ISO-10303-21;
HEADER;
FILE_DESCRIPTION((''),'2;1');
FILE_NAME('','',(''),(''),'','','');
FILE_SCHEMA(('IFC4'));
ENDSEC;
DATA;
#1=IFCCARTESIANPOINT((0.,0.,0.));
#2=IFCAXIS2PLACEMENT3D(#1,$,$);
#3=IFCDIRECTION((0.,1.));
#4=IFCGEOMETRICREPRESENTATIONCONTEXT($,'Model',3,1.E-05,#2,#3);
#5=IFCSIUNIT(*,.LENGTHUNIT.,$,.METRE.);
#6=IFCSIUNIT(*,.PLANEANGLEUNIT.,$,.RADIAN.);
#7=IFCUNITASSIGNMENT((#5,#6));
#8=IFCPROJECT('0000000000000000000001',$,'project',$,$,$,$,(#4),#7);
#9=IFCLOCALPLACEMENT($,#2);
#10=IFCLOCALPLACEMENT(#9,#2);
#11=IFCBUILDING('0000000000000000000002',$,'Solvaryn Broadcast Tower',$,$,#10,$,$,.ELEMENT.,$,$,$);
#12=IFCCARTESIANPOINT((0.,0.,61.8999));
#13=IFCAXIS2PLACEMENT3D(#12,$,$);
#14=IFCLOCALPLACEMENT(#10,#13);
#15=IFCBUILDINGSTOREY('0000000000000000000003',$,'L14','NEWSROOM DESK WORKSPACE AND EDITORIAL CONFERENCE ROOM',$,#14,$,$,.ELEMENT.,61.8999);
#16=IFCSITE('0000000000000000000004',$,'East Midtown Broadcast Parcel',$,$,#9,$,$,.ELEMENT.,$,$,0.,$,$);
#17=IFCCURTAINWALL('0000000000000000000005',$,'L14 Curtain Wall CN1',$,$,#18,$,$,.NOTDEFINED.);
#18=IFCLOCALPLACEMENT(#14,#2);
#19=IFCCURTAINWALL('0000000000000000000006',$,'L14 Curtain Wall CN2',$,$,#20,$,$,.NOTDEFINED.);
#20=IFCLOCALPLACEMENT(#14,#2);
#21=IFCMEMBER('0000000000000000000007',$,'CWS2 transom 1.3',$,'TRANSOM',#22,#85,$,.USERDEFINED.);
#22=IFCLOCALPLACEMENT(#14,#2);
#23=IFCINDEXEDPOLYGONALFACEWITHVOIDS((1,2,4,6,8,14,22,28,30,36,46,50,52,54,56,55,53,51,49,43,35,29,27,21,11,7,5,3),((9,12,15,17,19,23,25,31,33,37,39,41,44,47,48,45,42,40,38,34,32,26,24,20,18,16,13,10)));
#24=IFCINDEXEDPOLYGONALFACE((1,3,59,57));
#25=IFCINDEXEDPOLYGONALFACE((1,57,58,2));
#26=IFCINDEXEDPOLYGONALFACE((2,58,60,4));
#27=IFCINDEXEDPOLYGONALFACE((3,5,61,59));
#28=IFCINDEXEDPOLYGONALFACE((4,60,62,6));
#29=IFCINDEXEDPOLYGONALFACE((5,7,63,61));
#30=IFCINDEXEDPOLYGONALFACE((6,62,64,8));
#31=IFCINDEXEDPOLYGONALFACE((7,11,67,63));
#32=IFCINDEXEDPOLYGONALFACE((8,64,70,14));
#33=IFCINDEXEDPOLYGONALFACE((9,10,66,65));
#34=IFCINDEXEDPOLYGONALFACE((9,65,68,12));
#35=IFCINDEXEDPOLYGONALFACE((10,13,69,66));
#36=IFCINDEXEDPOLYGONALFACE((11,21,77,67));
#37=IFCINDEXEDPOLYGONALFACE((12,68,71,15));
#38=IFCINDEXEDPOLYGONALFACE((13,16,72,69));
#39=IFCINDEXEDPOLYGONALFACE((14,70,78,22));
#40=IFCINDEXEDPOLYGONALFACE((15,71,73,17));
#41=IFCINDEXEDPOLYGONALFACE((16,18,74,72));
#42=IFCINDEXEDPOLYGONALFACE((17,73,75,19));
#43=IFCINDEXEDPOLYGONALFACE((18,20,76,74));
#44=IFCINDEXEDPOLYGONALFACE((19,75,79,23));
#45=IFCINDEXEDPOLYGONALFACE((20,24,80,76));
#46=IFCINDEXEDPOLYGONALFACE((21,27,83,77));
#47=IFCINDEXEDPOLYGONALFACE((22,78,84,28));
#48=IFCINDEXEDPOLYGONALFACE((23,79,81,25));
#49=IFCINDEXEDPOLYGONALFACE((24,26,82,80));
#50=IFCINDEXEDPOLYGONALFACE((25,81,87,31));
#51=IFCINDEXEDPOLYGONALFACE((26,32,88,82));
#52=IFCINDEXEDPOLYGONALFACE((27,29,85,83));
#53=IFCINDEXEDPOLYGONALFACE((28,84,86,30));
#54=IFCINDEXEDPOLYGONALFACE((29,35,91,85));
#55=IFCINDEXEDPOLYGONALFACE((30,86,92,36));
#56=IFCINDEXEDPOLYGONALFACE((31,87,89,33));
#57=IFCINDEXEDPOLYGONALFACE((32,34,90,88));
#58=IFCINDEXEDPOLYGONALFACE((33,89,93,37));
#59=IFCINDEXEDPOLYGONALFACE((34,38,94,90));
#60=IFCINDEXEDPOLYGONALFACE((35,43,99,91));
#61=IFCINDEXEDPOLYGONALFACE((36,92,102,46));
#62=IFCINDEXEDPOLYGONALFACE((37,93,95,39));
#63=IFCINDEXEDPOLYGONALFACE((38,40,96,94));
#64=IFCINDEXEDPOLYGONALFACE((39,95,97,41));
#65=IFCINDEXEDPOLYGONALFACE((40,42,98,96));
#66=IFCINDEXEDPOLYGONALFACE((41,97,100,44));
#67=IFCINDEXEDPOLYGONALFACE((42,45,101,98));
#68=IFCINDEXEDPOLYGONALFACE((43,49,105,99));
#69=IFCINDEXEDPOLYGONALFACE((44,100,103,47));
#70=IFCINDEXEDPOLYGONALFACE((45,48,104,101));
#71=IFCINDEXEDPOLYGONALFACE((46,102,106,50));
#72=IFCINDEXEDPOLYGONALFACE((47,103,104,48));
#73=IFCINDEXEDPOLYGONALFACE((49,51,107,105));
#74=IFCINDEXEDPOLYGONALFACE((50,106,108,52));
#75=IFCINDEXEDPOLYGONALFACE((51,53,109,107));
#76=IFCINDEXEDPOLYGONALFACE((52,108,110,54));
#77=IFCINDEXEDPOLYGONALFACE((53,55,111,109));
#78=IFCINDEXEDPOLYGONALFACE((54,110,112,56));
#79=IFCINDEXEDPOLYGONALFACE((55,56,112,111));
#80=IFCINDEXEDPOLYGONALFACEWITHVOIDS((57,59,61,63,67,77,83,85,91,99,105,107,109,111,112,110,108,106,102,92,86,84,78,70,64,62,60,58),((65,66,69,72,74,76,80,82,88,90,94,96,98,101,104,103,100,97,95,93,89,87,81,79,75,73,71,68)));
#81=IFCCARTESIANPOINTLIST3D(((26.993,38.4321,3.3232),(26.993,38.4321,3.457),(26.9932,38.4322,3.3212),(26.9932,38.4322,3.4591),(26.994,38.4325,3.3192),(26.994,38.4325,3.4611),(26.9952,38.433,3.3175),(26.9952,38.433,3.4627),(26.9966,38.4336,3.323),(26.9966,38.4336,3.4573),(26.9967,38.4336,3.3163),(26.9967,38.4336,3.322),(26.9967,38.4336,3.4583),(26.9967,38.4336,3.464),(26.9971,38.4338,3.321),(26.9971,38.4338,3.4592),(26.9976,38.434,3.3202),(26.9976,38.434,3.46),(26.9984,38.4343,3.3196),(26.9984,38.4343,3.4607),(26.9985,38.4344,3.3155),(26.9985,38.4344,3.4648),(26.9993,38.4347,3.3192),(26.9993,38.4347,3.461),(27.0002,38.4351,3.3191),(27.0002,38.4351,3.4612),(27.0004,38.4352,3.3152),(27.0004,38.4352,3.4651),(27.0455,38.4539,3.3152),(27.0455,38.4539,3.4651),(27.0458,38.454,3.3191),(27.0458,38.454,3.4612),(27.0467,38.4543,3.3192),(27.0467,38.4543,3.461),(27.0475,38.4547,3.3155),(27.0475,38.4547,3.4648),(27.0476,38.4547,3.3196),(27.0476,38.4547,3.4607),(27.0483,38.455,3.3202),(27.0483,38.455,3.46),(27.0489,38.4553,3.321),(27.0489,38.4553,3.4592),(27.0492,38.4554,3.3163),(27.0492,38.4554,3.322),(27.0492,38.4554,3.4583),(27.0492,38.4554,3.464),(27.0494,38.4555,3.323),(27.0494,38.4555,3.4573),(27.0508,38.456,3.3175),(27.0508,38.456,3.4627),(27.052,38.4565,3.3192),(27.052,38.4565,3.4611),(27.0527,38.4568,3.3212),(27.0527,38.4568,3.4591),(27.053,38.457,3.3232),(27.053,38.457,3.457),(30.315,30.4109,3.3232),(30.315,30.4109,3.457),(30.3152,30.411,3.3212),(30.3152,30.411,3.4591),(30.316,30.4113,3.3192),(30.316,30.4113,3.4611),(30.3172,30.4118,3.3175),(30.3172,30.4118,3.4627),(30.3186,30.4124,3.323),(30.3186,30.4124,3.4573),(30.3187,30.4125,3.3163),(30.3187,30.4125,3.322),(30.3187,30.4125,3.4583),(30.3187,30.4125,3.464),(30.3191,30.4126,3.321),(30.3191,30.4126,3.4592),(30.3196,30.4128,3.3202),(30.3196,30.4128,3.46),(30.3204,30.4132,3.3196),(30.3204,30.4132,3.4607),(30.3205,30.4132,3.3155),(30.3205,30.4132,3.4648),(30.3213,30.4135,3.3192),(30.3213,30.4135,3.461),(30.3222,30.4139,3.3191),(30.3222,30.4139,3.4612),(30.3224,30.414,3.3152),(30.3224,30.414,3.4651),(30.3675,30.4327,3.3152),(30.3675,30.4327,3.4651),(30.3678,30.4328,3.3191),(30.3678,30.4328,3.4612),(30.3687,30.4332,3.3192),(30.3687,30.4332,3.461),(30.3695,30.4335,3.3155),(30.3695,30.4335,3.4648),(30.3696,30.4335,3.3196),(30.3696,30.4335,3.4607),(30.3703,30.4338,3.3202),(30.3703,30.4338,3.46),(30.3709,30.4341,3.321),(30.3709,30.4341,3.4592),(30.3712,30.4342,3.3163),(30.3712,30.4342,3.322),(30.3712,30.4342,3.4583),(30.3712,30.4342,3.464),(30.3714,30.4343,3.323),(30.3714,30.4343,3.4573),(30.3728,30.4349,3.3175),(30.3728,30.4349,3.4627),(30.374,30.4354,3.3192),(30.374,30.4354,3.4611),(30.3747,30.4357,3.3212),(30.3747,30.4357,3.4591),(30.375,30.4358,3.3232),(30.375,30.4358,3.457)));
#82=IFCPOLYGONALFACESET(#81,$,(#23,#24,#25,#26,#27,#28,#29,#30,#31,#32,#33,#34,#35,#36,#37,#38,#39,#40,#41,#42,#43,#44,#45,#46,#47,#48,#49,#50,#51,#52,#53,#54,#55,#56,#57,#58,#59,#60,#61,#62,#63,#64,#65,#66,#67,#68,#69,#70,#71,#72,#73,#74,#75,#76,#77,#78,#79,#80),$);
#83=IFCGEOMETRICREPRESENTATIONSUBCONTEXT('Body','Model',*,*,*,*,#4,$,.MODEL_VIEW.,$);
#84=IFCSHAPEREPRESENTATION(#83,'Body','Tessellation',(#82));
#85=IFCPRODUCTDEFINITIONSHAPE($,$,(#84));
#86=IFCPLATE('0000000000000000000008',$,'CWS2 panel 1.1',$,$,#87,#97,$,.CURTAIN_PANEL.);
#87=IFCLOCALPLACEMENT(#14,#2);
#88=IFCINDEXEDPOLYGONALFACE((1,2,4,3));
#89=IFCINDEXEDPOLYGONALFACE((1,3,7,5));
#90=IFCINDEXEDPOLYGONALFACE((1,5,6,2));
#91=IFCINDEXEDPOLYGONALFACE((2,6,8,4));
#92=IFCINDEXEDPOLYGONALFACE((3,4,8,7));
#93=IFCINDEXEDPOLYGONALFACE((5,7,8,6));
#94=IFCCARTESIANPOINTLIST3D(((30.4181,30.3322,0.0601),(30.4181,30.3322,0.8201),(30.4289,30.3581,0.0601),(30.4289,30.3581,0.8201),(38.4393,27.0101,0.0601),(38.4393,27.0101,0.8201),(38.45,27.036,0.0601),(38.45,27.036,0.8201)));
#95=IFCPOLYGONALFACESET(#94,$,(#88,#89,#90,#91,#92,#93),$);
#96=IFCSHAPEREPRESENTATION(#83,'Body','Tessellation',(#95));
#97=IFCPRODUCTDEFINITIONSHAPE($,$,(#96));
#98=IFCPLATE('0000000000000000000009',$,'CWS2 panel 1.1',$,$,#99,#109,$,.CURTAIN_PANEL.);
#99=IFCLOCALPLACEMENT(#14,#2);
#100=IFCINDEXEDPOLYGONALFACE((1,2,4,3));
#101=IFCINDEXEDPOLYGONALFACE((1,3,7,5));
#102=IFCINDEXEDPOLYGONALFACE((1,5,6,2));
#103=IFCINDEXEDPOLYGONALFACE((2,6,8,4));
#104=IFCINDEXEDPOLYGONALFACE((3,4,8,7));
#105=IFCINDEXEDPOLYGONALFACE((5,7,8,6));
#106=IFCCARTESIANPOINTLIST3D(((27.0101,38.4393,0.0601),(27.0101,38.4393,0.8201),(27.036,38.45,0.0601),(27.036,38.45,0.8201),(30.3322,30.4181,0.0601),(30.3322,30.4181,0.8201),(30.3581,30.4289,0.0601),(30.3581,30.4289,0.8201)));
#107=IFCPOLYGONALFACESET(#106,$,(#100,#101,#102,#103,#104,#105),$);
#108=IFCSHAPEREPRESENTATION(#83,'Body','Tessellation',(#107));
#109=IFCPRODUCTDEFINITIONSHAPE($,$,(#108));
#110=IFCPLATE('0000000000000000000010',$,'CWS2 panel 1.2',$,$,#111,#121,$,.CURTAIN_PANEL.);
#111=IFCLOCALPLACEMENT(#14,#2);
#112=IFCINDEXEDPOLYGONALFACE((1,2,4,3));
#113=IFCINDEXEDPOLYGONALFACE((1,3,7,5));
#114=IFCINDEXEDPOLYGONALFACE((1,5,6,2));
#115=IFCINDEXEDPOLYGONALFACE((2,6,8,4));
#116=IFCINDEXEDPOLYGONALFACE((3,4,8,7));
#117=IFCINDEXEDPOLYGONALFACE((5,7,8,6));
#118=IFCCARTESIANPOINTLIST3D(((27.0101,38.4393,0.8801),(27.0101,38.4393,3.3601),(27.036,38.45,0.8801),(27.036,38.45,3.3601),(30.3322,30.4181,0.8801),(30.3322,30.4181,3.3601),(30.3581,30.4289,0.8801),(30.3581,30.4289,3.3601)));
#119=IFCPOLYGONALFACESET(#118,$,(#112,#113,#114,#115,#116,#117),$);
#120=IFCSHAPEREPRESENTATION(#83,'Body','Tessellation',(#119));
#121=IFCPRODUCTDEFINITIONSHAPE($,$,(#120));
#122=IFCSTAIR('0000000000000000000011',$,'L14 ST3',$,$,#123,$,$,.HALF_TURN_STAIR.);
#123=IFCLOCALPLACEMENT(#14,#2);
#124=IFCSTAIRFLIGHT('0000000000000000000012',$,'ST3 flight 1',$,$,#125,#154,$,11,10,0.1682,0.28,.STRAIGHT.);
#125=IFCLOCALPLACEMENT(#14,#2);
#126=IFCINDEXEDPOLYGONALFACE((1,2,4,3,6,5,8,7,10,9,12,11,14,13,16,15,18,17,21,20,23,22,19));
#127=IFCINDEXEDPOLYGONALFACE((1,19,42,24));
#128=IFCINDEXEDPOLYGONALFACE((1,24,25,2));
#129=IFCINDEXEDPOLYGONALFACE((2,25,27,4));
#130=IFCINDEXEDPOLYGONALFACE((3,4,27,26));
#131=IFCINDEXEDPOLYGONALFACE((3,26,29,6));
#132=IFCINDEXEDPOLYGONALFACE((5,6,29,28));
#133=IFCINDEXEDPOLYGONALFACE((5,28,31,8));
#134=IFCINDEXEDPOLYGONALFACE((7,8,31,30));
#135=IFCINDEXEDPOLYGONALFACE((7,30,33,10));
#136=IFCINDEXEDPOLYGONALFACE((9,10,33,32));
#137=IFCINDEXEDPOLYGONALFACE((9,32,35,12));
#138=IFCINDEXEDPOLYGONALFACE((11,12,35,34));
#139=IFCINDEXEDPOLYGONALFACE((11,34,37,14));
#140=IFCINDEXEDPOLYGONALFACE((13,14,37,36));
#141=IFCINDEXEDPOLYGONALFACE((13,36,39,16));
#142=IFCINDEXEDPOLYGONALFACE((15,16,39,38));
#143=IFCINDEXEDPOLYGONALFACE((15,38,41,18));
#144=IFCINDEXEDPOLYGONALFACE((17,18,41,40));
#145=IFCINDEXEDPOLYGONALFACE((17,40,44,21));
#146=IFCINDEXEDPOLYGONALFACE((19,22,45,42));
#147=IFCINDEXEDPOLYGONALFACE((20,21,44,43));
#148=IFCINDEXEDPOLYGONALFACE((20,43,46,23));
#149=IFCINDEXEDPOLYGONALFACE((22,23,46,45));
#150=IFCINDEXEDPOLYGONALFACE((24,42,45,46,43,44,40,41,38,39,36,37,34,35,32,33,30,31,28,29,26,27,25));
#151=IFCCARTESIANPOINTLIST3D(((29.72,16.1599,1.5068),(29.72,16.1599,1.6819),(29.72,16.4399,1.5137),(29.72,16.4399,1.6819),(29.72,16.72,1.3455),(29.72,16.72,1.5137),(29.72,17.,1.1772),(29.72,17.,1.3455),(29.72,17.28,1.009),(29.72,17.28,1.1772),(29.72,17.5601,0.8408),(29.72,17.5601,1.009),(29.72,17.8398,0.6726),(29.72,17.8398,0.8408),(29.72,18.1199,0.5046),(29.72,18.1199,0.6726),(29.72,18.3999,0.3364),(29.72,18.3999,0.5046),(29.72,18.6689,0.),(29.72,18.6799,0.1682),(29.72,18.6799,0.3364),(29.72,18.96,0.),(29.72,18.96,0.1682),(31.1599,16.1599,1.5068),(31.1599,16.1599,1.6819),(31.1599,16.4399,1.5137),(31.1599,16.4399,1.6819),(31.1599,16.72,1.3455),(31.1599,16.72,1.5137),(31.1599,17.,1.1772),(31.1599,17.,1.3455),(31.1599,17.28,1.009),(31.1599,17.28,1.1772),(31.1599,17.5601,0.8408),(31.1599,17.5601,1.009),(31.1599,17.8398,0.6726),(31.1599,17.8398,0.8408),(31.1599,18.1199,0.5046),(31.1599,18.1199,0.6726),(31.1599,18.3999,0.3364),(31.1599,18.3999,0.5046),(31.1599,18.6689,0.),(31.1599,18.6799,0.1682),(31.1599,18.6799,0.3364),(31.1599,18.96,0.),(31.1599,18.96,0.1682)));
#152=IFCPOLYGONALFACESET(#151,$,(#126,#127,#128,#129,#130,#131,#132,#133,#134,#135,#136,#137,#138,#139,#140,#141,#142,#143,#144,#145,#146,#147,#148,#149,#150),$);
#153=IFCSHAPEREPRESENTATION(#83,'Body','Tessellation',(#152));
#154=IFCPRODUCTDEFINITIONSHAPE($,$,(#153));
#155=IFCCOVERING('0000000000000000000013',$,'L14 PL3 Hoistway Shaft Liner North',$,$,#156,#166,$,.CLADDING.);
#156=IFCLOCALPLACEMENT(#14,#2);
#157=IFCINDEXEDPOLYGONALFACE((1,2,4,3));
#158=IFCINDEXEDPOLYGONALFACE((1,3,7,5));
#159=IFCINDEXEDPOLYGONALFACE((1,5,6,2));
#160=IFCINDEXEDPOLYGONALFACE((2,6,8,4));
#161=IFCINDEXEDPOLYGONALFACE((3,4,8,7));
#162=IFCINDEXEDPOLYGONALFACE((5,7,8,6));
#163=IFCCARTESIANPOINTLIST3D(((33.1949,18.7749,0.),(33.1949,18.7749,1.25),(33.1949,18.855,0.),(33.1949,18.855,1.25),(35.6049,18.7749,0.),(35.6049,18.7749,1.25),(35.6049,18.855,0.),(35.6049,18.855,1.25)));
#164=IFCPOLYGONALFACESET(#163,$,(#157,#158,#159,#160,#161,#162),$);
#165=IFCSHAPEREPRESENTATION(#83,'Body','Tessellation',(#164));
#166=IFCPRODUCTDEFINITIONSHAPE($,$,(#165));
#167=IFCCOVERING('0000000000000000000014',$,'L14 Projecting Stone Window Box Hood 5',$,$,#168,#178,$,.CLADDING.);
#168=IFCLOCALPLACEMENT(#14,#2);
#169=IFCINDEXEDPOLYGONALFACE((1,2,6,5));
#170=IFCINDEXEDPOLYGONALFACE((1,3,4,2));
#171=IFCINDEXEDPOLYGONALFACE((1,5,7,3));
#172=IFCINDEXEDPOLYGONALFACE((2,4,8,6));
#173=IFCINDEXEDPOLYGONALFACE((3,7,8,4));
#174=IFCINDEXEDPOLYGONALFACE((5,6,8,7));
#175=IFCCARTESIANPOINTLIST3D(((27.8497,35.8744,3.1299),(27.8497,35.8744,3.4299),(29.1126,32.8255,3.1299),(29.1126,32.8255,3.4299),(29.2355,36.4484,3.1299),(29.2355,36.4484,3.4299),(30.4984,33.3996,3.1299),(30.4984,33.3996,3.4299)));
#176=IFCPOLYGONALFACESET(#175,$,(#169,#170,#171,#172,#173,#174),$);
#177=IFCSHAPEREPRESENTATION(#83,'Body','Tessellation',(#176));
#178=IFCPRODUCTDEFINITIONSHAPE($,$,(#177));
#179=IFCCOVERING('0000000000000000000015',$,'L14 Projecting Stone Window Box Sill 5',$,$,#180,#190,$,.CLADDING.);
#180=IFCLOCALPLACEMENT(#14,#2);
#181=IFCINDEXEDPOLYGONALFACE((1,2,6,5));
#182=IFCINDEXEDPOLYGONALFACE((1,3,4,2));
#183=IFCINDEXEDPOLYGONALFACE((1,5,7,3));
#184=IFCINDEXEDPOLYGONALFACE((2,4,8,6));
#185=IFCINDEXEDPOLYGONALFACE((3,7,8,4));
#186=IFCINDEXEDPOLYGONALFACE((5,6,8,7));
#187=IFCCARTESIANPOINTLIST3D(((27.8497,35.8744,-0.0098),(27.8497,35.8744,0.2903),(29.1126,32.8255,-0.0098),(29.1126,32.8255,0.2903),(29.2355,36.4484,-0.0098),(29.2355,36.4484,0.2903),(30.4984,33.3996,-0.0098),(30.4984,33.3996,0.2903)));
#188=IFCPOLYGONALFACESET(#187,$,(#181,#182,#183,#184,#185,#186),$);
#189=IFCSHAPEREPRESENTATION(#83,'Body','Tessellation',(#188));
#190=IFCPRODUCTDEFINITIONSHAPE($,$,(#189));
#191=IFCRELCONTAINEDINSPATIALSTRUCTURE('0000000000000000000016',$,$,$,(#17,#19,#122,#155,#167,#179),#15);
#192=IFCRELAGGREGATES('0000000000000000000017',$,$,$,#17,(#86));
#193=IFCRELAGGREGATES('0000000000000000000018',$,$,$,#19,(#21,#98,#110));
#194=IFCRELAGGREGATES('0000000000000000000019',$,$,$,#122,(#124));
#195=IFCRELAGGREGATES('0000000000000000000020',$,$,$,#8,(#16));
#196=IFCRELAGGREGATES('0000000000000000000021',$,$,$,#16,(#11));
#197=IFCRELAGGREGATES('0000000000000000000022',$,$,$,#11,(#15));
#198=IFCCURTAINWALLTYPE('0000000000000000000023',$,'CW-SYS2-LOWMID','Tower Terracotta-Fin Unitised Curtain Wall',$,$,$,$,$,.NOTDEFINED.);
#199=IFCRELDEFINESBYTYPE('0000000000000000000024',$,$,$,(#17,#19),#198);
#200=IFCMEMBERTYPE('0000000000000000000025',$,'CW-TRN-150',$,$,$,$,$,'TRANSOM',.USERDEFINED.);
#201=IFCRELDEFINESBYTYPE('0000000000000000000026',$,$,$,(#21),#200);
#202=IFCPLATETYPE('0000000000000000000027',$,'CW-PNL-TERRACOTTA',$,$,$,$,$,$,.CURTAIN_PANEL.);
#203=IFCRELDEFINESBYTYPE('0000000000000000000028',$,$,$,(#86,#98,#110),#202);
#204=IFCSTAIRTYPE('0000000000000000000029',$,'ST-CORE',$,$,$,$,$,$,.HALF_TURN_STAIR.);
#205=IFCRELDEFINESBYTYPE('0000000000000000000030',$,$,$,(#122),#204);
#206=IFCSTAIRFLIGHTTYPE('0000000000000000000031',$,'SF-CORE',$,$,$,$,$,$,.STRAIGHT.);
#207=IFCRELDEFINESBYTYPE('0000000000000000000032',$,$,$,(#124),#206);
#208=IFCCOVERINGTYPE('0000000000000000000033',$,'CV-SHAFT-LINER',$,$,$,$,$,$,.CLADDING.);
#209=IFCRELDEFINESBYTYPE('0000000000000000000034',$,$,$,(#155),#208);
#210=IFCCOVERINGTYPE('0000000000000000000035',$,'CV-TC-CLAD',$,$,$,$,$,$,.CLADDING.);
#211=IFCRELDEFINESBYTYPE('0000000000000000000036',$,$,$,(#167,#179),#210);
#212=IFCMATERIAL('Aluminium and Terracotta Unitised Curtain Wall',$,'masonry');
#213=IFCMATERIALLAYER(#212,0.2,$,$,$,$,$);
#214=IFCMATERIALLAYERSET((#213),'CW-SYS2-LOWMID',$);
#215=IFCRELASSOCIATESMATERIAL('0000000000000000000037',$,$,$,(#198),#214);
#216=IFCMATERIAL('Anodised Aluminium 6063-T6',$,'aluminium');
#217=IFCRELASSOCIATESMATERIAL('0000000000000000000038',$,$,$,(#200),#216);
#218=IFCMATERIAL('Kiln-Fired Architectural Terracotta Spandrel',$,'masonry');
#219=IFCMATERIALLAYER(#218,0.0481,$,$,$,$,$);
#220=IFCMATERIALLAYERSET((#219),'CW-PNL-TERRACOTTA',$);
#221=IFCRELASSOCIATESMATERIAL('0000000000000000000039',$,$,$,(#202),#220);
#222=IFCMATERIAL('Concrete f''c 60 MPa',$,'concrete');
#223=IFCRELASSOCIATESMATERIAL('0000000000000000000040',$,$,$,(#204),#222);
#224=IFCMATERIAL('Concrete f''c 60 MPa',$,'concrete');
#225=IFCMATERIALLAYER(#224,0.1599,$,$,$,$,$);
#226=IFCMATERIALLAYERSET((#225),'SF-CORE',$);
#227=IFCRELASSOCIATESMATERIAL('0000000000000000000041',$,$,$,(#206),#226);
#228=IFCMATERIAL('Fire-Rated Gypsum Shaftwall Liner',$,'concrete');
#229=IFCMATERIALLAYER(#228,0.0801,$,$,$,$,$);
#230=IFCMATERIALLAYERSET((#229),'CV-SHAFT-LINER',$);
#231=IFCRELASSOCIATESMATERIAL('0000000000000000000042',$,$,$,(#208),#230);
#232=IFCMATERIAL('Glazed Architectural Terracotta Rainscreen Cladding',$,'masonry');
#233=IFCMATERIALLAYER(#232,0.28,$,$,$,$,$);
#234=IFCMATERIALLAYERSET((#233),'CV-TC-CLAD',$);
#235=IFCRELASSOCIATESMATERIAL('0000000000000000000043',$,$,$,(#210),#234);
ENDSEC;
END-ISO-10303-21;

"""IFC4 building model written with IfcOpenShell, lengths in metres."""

from ifc_helpers import new_model, si_unit, direction, frame, origin, origin_2d, place, context, subcontext, project, spatial, polyline, rectangle, hollow_rectangle, outline, extrude, material, layer, layer_set, material_profile, profile_set, type_object, element, aggregate, save


model = new_model("IFC4")

# Units and contexts
model_context = context("Model", 3, precision=1e-05, world=origin(), true_north=direction((0.0, 1.0)))
body_context = subcontext(model_context, "Body", "Model", "MODEL_VIEW")
ifc_project = project(units=[si_unit("LENGTHUNIT", "METRE"), si_unit("PLANEANGLEUNIT", "RADIAN")], contexts=[model_context])

# Site, building, storey
site_placement = place(None, origin())
site = spatial("IfcSite", under=ifc_project, at=site_placement, Name="East Midtown Broadcast Parcel", CompositionType="ELEMENT", RefElevation=0.0)
building_placement = place(site_placement, origin())
building = spatial("IfcBuilding", under=site, at=building_placement, Name="Solvaryn Broadcast Tower", CompositionType="ELEMENT")
storey_placement = place(building_placement, frame((0.0, 0.0, 61.8999)))
storey = spatial("IfcBuildingStorey", under=building, at=storey_placement, Name="L14", Description="NEWSROOM DESK WORKSPACE AND EDITORIAL CONFERENCE ROOM", CompositionType="ELEMENT", Elevation=61.8999)

# Curtain wall
ifc_material_1 = material(Name="Aluminium and Terracotta Unitised Curtain Wall", Category="masonry")
ifc_layer_1 = layer(ifc_material_1, 0.2)
ifc_layer_set_1 = layer_set([ifc_layer_1], Name="CW-SYS2-LOWMID")
curtain_wall_type = type_object("IfcCurtainWallType", Name="CW-SYS2-LOWMID", Description="Tower Terracotta-Fin Unitised Curtain Wall", PredefinedType="NOTDEFINED", material=ifc_layer_set_1)
curtain_wall_1_placement = place(storey_placement, origin())
curtain_wall_1 = element("IfcCurtainWall", 1, at=curtain_wall_1_placement, inside=storey, type_object=curtain_wall_type, Name="L14 Curtain Wall CN1", PredefinedType="NOTDEFINED")

# Curtain wall, member
curtain_wall_2_placement = place(storey_placement, origin())
curtain_wall_2 = element("IfcCurtainWall", 2, at=curtain_wall_2_placement, inside=storey, type_object=curtain_wall_type, Name="L14 Curtain Wall CN2", PredefinedType="NOTDEFINED")
ifc_material_2 = material(Name="Anodised Aluminium 6063-T6", Category="aluminium")
ifc_material_profile_1 = material_profile(ifc_material_2, hollow_rectangle(XDim=0.0649, YDim=0.1499, WallThickness=0.0039, InnerFilletRadius=0.0039, OuterFilletRadius=0.0081, at=origin_2d()))
ifc_profile_set_1 = profile_set([ifc_material_profile_1], Name="Anodised Aluminium 6063-T6")
member_type_1 = type_object("IfcMemberType", Name="CW-TRN-150", ElementType="TRANSOM", PredefinedType="USERDEFINED", material=ifc_profile_set_1)
member_1_placement = place(storey_placement, frame((30.345, 30.4233, 3.3901), z_axis=(-0.382636, 0.923899, 0.0), x_axis=(-0.923899, -0.382636, 0.0)))
member_1 = element("IfcMember", 3, at=member_1_placement, type_object=member_type_1, Name="CWS2 transom 1.3", ObjectType="TRANSOM", PredefinedType="USERDEFINED", context=body_context, shape_type="SweptSolid", body=[
    extrude(hollow_rectangle(XDim=0.0649, YDim=0.1499, WallThickness=0.0039, InnerFilletRadius=0.0039, OuterFilletRadius=0.0081, at=origin_2d()), origin(), (0.0, 0.0, 1.0), 8.6819),
])

# Plates
ifc_material_3 = material(Name="Kiln-Fired Architectural Terracotta Spandrel", Category="masonry")
ifc_layer_2 = layer(ifc_material_3, 0.0481)
ifc_layer_set_2 = layer_set([ifc_layer_2], Name="CW-PNL-TERRACOTTA")
plate_type = type_object("IfcPlateType", Name="CW-PNL-TERRACOTTA", PredefinedType="CURTAIN_PANEL", material=ifc_layer_set_2)
plate_1_placement = place(storey_placement, frame((34.4341, 28.6841, 0.0601), z_axis=(0.0, 0.0, 1.0), x_axis=(-0.923895, 0.382646, 0.0)))
plate_1 = element("IfcPlate", 4, at=plate_1_placement, type_object=plate_type, Name="CWS2 panel 1.1", PredefinedType="CURTAIN_PANEL", context=body_context, shape_type="SweptSolid", body=[
    extrude(rectangle(XDim=8.6819, YDim=0.0281, at=origin_2d()), origin(), (0.0, 0.0, 1.0), 0.76),
])
aggregate(curtain_wall_1, [plate_1])
plate_2_placement = place(storey_placement, frame((28.6841, 34.4341, 0.0601), z_axis=(0.0, 0.0, 1.0), x_axis=(-0.382646, 0.923895, 0.0)))
plate_2 = element("IfcPlate", 5, at=plate_2_placement, type_object=plate_type, Name="CWS2 panel 1.1", PredefinedType="CURTAIN_PANEL", context=body_context, shape_type="SweptSolid", body=[
    extrude(rectangle(XDim=8.6819, YDim=0.0281, at=origin_2d()), origin(), (0.0, 0.0, 1.0), 0.76),
])
plate_3_placement = place(storey_placement, frame((28.6841, 34.4341, 0.8801), z_axis=(0.0, 0.0, 1.0), x_axis=(-0.382646, 0.923895, 0.0)))
plate_3 = element("IfcPlate", 6, at=plate_3_placement, type_object=plate_type, Name="CWS2 panel 1.2", PredefinedType="CURTAIN_PANEL", context=body_context, shape_type="SweptSolid", body=[
    extrude(rectangle(XDim=8.6819, YDim=0.0281, at=origin_2d()), origin(), (0.0, 0.0, 1.0), 2.48),
])
aggregate(curtain_wall_2, [member_1, plate_2, plate_3])

# Stair, stair flight
ifc_material_4 = material(Name="Concrete f'c 60 MPa", Category="concrete")
stair_type = type_object("IfcStairType", Name="ST-CORE", PredefinedType="HALF_TURN_STAIR", material=ifc_material_4)
stair_placement = place(storey_placement, origin())
stair = element("IfcStair", 7, at=stair_placement, inside=storey, type_object=stair_type, Name="L14 ST3", PredefinedType="HALF_TURN_STAIR")
ifc_material_5 = material(Name="Concrete f'c 60 MPa", Category="concrete")
ifc_layer_3 = layer(ifc_material_5, 0.1599)
ifc_layer_set_3 = layer_set([ifc_layer_3], Name="SF-CORE")
stair_flight_type = type_object("IfcStairFlightType", Name="SF-CORE", PredefinedType="STRAIGHT", material=ifc_layer_set_3)
stair_flight_placement = place(storey_placement, frame((30.4399, 18.96, 0.0), z_axis=(0.0, 0.0, 1.0), x_axis=(0.0, -1.0, 0.0)))
stair_flight = element("IfcStairFlight", 8, at=stair_flight_placement, type_object=stair_flight_type, Name="ST3 flight 1", NumberOfRisers=11, NumberOfTreads=10, PredefinedType="STRAIGHT", RiserHeight=0.1682, TreadLength=0.28, context=body_context, shape_type="SweptSolid", body=[
    extrude(outline(polyline([(0.0, 0.0), (0.0, 0.1682), (0.28, 0.1682), (0.28, 0.3364), (0.5601, 0.3364), (0.5601, 0.5046), (0.8401, 0.5046), (0.8401, 0.6726), (1.1201, 0.6726), (1.1201, 0.8408), (1.3999, 0.8408), (1.3999, 1.009), (1.6799, 1.009), (1.6799, 1.1772), (1.96, 1.1772), (1.96, 1.3455), (2.24, 1.3455), (2.24, 1.5137), (2.52, 1.5137), (2.52, 1.6819), (2.8, 1.6819), (2.8, 1.8501), (2.8, 1.5068), (0.291, 0.0), (0.0, 0.0)])), frame((0.0, 0.72, 0.0), z_axis=(0.0, -1.0, 0.0), x_axis=(1.0, 0.0, 0.0)), (0.0, 0.0, 1.0), 1.4399),
])
aggregate(stair, [stair_flight])

# Coverings
ifc_material_6 = material(Name="Fire-Rated Gypsum Shaftwall Liner", Category="concrete")
ifc_layer_4 = layer(ifc_material_6, 0.0801)
ifc_layer_set_4 = layer_set([ifc_layer_4], Name="CV-SHAFT-LINER")
covering_type_1 = type_object("IfcCoveringType", Name="CV-SHAFT-LINER", PredefinedType="CLADDING", material=ifc_layer_set_4)
covering_1_placement = place(storey_placement, frame((34.3999, 18.8149, 0.0), z_axis=(0.0, 0.0, 1.0), x_axis=(1.0, 0.0, 0.0)))
element("IfcCovering", 9, at=covering_1_placement, inside=storey, type_object=covering_type_1, Name="L14 PL3 Hoistway Shaft Liner North", PredefinedType="CLADDING", context=body_context, shape_type="SweptSolid", body=[
    extrude(rectangle(XDim=2.4099, YDim=0.0801, at=origin_2d()), origin(), (0.0, 0.0, 1.0), 1.25),
])
ifc_material_7 = material(Name="Glazed Architectural Terracotta Rainscreen Cladding", Category="masonry")
ifc_layer_5 = layer(ifc_material_7, 0.28)
ifc_layer_set_5 = layer_set([ifc_layer_5], Name="CV-TC-CLAD")
covering_type_2 = type_object("IfcCoveringType", Name="CV-TC-CLAD", PredefinedType="CLADDING", material=ifc_layer_set_5)
for number, where, z_axis, x_axis, name in (
    (10, (29.1741, 34.637, 3.1299), (0.0, 0.0, 1.0), (-0.382683, 0.92388, 0.0), "L14 Projecting Stone Window Box Hood 5"),
    (11, (29.1741, 34.637, -0.0098), (0.0, 0.0, 1.0), (-0.382683, 0.92388, 0.0), "L14 Projecting Stone Window Box Sill 5"),
):
    element("IfcCovering", number, at=place(storey_placement, frame(where, z_axis=z_axis, x_axis=x_axis)), inside=storey, type_object=covering_type_2, Name=name, PredefinedType="CLADDING", context=body_context, shape_type="SweptSolid", body=[
        extrude(rectangle(XDim=3.3, YDim=1.5, at=origin_2d()), origin(), (0.0, 0.0, 1.0), 0.3),
    ])

save(model, "model.ifc")
